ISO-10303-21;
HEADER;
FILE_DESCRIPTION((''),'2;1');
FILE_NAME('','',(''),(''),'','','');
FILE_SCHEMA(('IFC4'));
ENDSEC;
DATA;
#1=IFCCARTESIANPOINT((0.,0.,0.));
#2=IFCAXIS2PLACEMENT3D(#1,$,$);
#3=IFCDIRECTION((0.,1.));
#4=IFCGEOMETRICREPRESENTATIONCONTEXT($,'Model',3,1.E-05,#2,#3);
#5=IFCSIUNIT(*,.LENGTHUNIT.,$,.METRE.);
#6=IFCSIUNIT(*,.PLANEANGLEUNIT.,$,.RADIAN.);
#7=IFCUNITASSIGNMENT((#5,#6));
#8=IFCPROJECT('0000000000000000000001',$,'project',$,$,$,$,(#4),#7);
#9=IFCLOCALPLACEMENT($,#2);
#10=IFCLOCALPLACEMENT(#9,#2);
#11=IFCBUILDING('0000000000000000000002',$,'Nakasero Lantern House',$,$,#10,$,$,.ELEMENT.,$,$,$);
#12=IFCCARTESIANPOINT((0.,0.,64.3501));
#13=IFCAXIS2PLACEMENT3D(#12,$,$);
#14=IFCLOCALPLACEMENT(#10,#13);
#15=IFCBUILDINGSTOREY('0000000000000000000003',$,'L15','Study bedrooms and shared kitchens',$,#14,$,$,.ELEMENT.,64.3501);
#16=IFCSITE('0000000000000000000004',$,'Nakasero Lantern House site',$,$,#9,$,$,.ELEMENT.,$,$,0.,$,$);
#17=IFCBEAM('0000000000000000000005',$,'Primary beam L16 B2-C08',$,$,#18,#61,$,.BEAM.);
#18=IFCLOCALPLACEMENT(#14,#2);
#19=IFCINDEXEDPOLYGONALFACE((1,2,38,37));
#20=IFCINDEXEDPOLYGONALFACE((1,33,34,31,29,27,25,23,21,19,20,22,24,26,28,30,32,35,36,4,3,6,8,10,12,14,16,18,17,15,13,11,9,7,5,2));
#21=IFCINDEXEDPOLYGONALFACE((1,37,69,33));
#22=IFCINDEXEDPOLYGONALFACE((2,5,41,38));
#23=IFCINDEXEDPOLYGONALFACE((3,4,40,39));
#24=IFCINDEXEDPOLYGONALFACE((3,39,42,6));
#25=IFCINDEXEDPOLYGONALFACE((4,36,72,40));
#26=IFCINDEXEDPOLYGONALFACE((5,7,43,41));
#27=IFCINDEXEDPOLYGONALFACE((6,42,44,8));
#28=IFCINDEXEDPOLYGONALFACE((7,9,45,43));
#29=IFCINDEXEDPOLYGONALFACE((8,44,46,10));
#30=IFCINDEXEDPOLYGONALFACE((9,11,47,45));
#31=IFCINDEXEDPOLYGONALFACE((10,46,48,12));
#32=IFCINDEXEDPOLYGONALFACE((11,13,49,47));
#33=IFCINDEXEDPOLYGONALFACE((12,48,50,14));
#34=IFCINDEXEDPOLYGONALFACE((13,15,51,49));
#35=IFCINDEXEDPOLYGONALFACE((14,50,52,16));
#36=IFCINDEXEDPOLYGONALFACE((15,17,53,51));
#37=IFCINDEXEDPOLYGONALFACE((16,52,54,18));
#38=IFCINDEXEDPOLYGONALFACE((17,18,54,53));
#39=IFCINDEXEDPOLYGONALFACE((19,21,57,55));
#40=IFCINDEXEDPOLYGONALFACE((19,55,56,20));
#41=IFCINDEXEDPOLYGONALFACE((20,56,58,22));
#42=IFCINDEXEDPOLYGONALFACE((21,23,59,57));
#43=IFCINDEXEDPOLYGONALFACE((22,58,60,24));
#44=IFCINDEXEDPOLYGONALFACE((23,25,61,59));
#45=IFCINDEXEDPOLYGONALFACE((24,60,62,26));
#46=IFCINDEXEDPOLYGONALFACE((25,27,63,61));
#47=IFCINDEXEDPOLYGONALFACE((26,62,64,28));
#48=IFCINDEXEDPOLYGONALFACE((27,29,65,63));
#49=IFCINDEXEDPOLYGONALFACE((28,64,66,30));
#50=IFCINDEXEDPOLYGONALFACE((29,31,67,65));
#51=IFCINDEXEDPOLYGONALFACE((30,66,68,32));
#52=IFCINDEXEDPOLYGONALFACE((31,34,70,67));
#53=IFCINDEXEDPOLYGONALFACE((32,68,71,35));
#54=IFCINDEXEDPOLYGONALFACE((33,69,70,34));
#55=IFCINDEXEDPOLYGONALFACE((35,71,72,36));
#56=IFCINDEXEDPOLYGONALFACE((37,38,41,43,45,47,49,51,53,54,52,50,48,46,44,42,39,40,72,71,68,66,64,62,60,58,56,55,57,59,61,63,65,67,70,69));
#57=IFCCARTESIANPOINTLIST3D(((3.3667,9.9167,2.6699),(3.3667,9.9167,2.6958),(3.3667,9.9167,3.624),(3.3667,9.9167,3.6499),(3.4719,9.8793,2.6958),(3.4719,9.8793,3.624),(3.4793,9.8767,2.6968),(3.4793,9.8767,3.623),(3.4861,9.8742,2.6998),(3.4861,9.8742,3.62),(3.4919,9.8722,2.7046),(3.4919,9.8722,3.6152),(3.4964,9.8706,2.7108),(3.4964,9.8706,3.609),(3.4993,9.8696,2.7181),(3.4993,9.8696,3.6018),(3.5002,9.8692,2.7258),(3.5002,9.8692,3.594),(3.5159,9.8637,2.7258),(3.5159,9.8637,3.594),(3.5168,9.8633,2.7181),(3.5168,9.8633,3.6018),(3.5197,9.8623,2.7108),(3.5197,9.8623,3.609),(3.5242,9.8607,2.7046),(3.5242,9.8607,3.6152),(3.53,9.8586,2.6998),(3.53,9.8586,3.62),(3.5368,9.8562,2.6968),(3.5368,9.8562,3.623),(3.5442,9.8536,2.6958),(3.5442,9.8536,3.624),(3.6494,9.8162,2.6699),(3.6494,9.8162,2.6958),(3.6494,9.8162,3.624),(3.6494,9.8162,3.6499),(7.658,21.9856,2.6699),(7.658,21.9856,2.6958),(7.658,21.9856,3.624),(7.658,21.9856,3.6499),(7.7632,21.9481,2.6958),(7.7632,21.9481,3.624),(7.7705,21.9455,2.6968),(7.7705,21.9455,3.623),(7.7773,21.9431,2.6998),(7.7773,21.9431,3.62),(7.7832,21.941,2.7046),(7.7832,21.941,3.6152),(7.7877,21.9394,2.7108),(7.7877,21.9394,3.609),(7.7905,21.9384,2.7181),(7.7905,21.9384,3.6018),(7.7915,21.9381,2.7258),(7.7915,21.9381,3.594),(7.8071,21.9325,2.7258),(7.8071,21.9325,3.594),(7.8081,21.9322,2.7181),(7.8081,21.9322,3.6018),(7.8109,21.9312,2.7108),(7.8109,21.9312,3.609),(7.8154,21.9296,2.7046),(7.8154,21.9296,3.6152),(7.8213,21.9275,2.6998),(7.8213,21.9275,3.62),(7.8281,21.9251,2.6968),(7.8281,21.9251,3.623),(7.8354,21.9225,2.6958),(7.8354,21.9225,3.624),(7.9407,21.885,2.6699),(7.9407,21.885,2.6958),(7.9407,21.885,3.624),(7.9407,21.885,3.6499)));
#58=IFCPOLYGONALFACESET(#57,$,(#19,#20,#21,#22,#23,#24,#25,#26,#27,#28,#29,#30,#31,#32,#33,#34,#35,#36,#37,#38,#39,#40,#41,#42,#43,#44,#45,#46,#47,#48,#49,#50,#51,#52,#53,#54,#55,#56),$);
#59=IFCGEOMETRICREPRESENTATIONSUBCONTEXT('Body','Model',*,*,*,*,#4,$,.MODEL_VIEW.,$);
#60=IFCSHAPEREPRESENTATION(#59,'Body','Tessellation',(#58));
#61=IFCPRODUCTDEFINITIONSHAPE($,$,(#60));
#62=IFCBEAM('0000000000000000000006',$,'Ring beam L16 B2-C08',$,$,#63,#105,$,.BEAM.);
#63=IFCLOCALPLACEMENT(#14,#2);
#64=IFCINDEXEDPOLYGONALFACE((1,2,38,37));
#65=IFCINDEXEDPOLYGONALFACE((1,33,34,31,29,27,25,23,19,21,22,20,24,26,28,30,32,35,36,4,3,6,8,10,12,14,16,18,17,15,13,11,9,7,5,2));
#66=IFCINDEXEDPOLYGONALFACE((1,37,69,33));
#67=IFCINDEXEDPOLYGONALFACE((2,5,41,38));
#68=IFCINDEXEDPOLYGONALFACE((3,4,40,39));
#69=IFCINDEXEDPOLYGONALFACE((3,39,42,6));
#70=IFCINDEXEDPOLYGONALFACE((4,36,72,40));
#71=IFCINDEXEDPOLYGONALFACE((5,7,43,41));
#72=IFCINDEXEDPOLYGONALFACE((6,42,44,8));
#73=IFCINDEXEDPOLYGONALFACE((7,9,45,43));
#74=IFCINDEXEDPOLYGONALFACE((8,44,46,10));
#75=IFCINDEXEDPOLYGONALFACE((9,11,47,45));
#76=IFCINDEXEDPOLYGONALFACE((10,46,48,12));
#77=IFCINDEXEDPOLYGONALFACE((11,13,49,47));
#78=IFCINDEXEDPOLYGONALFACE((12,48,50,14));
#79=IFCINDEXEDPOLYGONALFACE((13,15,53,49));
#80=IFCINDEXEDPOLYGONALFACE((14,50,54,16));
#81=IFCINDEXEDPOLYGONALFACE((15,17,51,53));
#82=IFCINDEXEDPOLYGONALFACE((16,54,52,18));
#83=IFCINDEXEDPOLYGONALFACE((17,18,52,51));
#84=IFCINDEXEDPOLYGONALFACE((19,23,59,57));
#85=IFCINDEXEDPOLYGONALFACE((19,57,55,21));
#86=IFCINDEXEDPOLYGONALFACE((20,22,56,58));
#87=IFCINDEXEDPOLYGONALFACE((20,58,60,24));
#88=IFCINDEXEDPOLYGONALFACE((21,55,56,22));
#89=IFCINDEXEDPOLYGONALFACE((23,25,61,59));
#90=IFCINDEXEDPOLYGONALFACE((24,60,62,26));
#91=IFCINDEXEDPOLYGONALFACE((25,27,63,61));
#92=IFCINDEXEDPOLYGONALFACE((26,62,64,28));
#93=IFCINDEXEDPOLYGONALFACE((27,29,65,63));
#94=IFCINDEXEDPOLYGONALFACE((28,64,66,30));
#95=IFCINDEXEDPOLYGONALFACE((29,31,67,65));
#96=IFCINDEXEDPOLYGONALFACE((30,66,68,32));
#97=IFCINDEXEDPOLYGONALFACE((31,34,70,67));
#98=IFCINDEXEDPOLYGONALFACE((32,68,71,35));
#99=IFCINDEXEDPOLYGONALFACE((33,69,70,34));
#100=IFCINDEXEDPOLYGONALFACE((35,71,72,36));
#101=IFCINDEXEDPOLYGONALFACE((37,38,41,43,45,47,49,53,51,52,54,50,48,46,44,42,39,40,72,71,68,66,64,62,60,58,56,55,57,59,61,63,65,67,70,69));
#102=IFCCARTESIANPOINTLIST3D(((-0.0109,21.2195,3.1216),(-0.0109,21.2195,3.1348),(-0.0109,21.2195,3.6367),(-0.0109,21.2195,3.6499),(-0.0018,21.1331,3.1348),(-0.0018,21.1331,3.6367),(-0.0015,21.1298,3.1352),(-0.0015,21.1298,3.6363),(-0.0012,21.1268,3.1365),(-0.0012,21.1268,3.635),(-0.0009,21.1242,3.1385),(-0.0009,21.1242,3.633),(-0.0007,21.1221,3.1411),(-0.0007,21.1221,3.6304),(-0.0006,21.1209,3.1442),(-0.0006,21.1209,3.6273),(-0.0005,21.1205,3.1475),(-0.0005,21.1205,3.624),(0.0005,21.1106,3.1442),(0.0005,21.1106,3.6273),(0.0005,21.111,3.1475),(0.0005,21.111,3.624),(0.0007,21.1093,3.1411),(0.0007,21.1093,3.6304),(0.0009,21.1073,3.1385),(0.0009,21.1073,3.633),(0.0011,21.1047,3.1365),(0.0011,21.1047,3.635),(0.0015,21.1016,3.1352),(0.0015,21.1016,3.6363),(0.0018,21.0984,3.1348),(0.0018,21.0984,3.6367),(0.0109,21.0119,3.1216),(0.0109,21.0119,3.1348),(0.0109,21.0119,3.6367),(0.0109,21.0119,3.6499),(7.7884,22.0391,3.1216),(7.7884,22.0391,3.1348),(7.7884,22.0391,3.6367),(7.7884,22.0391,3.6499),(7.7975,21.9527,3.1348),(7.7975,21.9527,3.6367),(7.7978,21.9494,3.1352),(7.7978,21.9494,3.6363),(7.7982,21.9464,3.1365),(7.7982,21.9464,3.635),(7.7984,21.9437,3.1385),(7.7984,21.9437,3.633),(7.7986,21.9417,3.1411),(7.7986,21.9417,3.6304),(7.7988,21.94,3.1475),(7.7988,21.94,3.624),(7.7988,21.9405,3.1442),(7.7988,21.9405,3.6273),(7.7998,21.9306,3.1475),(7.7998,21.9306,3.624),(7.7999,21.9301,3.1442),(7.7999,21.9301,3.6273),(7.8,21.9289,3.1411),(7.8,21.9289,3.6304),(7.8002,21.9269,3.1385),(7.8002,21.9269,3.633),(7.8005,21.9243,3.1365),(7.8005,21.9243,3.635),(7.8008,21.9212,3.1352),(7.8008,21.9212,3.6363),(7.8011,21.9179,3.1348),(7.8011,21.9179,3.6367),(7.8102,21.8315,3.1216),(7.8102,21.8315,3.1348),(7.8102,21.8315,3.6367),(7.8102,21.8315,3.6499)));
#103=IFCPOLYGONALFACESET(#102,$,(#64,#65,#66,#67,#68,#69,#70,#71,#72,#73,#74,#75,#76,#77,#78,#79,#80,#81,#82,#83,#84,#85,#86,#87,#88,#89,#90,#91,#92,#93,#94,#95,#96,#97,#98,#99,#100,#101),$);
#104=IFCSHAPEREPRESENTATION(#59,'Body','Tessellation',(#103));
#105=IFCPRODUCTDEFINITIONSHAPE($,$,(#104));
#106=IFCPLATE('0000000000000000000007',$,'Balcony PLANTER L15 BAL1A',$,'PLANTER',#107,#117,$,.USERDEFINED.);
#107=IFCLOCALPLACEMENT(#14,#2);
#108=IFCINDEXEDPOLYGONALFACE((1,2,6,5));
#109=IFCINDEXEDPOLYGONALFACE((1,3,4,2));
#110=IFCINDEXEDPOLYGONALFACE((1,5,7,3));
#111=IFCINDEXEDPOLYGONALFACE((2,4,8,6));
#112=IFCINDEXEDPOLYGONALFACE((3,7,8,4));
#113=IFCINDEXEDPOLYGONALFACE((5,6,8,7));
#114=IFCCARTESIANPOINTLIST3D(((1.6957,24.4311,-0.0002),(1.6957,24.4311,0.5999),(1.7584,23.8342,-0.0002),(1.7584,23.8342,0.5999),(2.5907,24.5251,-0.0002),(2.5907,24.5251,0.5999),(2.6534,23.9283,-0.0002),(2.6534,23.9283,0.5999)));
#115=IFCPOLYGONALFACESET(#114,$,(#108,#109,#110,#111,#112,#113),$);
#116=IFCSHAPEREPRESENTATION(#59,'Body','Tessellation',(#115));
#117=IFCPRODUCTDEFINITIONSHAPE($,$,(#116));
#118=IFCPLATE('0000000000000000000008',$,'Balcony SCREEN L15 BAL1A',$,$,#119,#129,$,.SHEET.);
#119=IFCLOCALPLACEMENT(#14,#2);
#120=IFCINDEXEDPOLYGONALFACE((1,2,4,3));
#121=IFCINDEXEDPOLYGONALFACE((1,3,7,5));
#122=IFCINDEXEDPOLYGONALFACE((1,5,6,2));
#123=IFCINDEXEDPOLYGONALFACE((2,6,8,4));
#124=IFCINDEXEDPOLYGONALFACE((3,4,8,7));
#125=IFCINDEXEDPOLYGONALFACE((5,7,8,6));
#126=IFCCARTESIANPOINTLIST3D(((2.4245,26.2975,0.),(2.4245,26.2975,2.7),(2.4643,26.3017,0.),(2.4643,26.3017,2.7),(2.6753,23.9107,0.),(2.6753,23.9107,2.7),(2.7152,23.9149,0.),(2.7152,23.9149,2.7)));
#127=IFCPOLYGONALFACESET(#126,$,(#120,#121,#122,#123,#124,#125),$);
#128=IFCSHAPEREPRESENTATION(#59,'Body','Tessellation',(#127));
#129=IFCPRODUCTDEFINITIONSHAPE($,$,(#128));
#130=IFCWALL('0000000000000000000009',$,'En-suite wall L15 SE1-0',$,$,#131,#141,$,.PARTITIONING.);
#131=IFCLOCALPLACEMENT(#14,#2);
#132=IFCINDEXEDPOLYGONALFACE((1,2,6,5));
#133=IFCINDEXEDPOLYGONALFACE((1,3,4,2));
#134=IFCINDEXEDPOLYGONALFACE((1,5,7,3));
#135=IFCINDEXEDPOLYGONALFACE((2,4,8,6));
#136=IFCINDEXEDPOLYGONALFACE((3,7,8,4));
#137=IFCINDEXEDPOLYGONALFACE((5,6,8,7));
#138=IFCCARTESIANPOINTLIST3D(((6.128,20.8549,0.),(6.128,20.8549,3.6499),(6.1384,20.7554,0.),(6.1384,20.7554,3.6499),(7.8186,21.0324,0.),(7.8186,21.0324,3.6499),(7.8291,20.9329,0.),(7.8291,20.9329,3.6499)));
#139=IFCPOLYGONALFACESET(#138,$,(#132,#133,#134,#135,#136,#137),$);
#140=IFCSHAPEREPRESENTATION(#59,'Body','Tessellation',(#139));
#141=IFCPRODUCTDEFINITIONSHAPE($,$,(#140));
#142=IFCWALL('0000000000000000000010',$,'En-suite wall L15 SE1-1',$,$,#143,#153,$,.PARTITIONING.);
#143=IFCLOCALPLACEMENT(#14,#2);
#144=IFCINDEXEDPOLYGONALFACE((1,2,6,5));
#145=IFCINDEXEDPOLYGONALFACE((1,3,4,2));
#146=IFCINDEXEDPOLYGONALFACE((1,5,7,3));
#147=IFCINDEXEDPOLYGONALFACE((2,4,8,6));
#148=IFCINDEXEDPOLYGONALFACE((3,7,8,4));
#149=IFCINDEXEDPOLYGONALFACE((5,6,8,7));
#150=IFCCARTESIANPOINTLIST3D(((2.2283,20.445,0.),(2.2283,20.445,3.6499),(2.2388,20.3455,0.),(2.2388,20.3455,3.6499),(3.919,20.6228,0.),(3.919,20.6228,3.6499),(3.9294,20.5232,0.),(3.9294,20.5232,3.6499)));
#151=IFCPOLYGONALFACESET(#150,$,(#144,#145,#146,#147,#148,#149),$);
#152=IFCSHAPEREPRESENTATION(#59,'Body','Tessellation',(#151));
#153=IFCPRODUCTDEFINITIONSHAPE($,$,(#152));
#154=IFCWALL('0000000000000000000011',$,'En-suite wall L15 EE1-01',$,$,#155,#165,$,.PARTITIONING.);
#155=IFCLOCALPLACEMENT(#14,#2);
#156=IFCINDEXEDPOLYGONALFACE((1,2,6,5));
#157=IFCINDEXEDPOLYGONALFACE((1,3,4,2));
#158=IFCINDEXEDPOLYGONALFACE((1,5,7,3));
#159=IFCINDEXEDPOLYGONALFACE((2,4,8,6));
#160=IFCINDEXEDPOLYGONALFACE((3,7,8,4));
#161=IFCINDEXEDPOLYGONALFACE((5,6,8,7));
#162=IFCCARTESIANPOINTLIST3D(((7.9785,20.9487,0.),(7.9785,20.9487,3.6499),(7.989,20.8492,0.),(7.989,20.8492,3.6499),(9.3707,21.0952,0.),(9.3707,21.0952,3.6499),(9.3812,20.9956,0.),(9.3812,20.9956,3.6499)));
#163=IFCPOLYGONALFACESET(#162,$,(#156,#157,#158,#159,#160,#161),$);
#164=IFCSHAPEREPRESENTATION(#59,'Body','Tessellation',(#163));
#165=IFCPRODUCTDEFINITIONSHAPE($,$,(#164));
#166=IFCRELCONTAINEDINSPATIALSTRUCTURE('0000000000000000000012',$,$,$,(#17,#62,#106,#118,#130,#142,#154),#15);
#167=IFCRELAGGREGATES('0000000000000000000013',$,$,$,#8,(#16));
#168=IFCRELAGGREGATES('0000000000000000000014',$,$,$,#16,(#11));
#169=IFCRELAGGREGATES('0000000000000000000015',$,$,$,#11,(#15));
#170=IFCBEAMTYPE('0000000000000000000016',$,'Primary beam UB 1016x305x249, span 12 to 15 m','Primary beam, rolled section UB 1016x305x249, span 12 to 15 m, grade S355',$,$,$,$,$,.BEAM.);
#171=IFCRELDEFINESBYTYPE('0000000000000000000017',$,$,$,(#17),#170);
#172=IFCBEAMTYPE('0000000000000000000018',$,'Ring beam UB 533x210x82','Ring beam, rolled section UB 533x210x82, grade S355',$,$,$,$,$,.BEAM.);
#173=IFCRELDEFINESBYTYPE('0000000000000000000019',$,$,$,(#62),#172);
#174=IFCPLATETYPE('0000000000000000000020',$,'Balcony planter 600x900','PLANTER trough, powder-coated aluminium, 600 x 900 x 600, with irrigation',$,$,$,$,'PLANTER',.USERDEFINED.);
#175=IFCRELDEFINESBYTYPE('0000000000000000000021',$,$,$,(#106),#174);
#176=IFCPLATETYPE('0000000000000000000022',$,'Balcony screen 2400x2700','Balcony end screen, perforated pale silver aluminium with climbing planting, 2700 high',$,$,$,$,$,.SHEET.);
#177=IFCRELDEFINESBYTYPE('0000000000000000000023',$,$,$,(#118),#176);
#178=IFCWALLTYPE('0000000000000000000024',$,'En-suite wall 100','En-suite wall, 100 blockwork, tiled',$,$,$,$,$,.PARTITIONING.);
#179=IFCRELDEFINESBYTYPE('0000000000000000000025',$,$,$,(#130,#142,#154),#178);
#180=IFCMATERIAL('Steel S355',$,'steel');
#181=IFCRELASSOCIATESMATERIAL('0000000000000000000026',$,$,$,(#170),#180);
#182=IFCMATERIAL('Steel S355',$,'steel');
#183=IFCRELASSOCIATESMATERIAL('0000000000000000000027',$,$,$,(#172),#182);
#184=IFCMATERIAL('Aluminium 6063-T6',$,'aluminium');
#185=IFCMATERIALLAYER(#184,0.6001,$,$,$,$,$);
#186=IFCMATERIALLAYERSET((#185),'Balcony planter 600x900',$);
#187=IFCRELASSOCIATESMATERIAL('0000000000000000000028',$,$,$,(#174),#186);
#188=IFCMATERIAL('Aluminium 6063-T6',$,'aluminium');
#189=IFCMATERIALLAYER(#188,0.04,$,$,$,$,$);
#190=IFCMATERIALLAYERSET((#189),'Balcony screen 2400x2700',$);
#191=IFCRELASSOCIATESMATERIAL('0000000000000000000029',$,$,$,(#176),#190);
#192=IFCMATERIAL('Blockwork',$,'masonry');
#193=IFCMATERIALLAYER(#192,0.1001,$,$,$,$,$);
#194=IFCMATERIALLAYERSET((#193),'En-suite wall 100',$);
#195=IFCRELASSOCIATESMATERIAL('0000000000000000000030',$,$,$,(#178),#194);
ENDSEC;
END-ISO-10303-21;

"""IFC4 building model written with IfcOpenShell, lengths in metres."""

from ifc_helpers import new_model, si_unit, direction, frame, frame_2d, origin, origin_2d, place, context, subcontext, project, spatial, rectangle, i_section, extrude, material, layer, layer_set, material_profile, profile_set, type_object, element, save


model = new_model("IFC4")

# Units and contexts
model_context = context("Model", 3, precision=1e-05, world=origin(), true_north=direction((0.0, 1.0)))
body_context = subcontext(model_context, "Body", "Model", "MODEL_VIEW")
ifc_project = project(units=[si_unit("LENGTHUNIT", "METRE"), si_unit("PLANEANGLEUNIT", "RADIAN")], contexts=[model_context])

# Site, building, storey
site_placement = place(None, origin())
site = spatial("IfcSite", under=ifc_project, at=site_placement, Name="Nakasero Lantern House site", CompositionType="ELEMENT", RefElevation=0.0)
building_placement = place(site_placement, origin())
building = spatial("IfcBuilding", under=site, at=building_placement, Name="Nakasero Lantern House", CompositionType="ELEMENT")
storey_placement = place(building_placement, frame((0.0, 0.0, 64.3501)))
storey = spatial("IfcBuildingStorey", under=building, at=storey_placement, Name="L15", Description="Study bedrooms and shared kitchens", CompositionType="ELEMENT", Elevation=64.3501)

# Beams
ifc_material_1 = material(Name="Steel S355", Category="steel")
ifc_material_profile_1 = material_profile(ifc_material_1, i_section(OverallWidth=0.3, OverallDepth=0.98, WebThickness=0.0166, FlangeThickness=0.0259, FilletRadius=0.03, at=origin_2d()), Name="UB 1016x305x249")
ifc_profile_set_1 = profile_set([ifc_material_profile_1], Name="Steel S355")
beam_type_1 = type_object("IfcBeamType", Name="Primary beam UB 1016x305x249, span 12 to 15 m", Description="Primary beam, rolled section UB 1016x305x249, span 12 to 15 m, grade S355", PredefinedType="BEAM", material=ifc_profile_set_1)
beam_1_placement = place(storey_placement, frame((7.7993, 21.9353, 3.1599), z_axis=(-0.335018, -0.942212, 0.0), x_axis=(0.942212, -0.335018, 0.0)))
element("IfcBeam", 1, at=beam_1_placement, inside=storey, type_object=beam_type_1, Name="Primary beam L16 B2-C08", PredefinedType="BEAM", context=body_context, shape_type="SweptSolid", body=[
    extrude(i_section(OverallWidth=0.3, OverallDepth=0.98, WebThickness=0.0166, FlangeThickness=0.0259, FilletRadius=0.03, at=origin_2d()), origin(), (0.0, 0.0, 1.0), 12.8091),
])
ifc_material_2 = material(Name="Steel S355", Category="steel")
ifc_material_profile_2 = material_profile(ifc_material_2, i_section(OverallWidth=0.2087, OverallDepth=0.5283, WebThickness=0.0095, FlangeThickness=0.0132, FilletRadius=0.0127, at=origin_2d()), Name="UB 533x210x82")
ifc_profile_set_2 = profile_set([ifc_material_profile_2], Name="Steel S355")
beam_type_2 = type_object("IfcBeamType", Name="Ring beam UB 533x210x82", Description="Ring beam, rolled section UB 533x210x82, grade S355", PredefinedType="BEAM", material=ifc_profile_set_2)
beam_2_placement = place(storey_placement, frame((7.7993, 21.9353, 3.3857), z_axis=(-0.994524, -0.104508, 0.0), x_axis=(0.104508, -0.994524, 0.0)))
element("IfcBeam", 2, at=beam_2_placement, inside=storey, type_object=beam_type_2, Name="Ring beam L16 B2-C08", PredefinedType="BEAM", context=body_context, shape_type="SweptSolid", body=[
    extrude(i_section(OverallWidth=0.2087, OverallDepth=0.5283, WebThickness=0.0095, FlangeThickness=0.0132, FilletRadius=0.0127, at=origin_2d()), origin(), (0.0, 0.0, 1.0), 7.8423),
])

# Plates
ifc_material_3 = material(Name="Aluminium 6063-T6", Category="aluminium")
ifc_layer_1 = layer(ifc_material_3, 0.6001)
ifc_layer_set_1 = layer_set([ifc_layer_1], Name="Balcony planter 600x900")
plate_type_1 = type_object("IfcPlateType", Name="Balcony planter 600x900", Description="PLANTER trough, powder-coated aluminium, 600 x 900 x 600, with irrigation", ElementType="PLANTER", PredefinedType="USERDEFINED", material=ifc_layer_set_1)
plate_1_placement = place(storey_placement, frame((2.1746, 24.1797, -0.0002), z_axis=(0.0, 0.0, 1.0), x_axis=(-0.104528, 0.994522, 0.0)))
element("IfcPlate", 3, at=plate_1_placement, inside=storey, type_object=plate_type_1, Name="Balcony PLANTER L15 BAL1A", ObjectType="PLANTER", PredefinedType="USERDEFINED", context=body_context, shape_type="SweptSolid", body=[
    extrude(rectangle(XDim=0.6001, YDim=0.8999, at=origin_2d()), origin(), (0.0, 0.0, 1.0), 0.6001),
])
ifc_material_4 = material(Name="Aluminium 6063-T6", Category="aluminium")
ifc_layer_2 = layer(ifc_material_4, 0.04)
ifc_layer_set_2 = layer_set([ifc_layer_2], Name="Balcony screen 2400x2700")
plate_type_2 = type_object("IfcPlateType", Name="Balcony screen 2400x2700", Description="Balcony end screen, perforated pale silver aluminium with climbing planting, 2700 high", PredefinedType="SHEET", material=ifc_layer_set_2)
plate_2_placement = place(storey_placement, frame((2.5698, 25.1062, 0.0), z_axis=(0.0, 0.0, 1.0), x_axis=(-0.104528, 0.994522, 0.0)))
element("IfcPlate", 4, at=plate_2_placement, inside=storey, type_object=plate_type_2, Name="Balcony SCREEN L15 BAL1A", PredefinedType="SHEET", context=body_context, shape_type="SweptSolid", body=[
    extrude(rectangle(XDim=2.3999, YDim=0.04, at=origin_2d()), origin(), (0.0, 0.0, 1.0), 2.7),
])

# Walls
ifc_material_5 = material(Name="Blockwork", Category="masonry")
ifc_layer_3 = layer(ifc_material_5, 0.1001)
ifc_layer_set_3 = layer_set([ifc_layer_3], Name="En-suite wall 100")
wall_type_1 = type_object("IfcWallType", Name="En-suite wall 100", Description="En-suite wall, 100 blockwork, tiled", PredefinedType="PARTITIONING", material=ifc_layer_set_3)
for number, where, z_axis, x_axis, name in (
    (5, (7.824, 20.9827, 0.0), (0.0, 0.0, 1.0), (-0.994535, -0.104408, 0.0), "En-suite wall L15 SE1-0"),
    (6, (3.9243, 20.573, 0.0), (0.0, 0.0, 1.0), (-0.99452, -0.10455, 0.0), "En-suite wall L15 SE1-1"),
):
    element("IfcWall", number, at=place(storey_placement, frame(where, z_axis=z_axis, x_axis=x_axis)), inside=storey, type_object=wall_type_1, Name=name, PredefinedType="PARTITIONING", context=body_context, shape_type="SweptSolid", body=[
        extrude(rectangle(XDim=1.7, YDim=0.1001, at=frame_2d((0.8501, 0.0))), origin(), (0.0, 0.0, 1.0), 3.6499),
    ])
wall_1_placement = place(storey_placement, frame((9.376, 21.0454, 0.0), z_axis=(0.0, 0.0, 1.0), x_axis=(-0.994511, -0.10463, 0.0)))
element("IfcWall", 7, at=wall_1_placement, inside=storey, type_object=wall_type_1, Name="En-suite wall L15 EE1-01", PredefinedType="PARTITIONING", context=body_context, shape_type="SweptSolid", body=[
    extrude(rectangle(XDim=1.3999, YDim=0.1001, at=frame_2d((0.7, 0.0))), origin(), (0.0, 0.0, 1.0), 3.6499),
])

save(model, "model.ifc")
